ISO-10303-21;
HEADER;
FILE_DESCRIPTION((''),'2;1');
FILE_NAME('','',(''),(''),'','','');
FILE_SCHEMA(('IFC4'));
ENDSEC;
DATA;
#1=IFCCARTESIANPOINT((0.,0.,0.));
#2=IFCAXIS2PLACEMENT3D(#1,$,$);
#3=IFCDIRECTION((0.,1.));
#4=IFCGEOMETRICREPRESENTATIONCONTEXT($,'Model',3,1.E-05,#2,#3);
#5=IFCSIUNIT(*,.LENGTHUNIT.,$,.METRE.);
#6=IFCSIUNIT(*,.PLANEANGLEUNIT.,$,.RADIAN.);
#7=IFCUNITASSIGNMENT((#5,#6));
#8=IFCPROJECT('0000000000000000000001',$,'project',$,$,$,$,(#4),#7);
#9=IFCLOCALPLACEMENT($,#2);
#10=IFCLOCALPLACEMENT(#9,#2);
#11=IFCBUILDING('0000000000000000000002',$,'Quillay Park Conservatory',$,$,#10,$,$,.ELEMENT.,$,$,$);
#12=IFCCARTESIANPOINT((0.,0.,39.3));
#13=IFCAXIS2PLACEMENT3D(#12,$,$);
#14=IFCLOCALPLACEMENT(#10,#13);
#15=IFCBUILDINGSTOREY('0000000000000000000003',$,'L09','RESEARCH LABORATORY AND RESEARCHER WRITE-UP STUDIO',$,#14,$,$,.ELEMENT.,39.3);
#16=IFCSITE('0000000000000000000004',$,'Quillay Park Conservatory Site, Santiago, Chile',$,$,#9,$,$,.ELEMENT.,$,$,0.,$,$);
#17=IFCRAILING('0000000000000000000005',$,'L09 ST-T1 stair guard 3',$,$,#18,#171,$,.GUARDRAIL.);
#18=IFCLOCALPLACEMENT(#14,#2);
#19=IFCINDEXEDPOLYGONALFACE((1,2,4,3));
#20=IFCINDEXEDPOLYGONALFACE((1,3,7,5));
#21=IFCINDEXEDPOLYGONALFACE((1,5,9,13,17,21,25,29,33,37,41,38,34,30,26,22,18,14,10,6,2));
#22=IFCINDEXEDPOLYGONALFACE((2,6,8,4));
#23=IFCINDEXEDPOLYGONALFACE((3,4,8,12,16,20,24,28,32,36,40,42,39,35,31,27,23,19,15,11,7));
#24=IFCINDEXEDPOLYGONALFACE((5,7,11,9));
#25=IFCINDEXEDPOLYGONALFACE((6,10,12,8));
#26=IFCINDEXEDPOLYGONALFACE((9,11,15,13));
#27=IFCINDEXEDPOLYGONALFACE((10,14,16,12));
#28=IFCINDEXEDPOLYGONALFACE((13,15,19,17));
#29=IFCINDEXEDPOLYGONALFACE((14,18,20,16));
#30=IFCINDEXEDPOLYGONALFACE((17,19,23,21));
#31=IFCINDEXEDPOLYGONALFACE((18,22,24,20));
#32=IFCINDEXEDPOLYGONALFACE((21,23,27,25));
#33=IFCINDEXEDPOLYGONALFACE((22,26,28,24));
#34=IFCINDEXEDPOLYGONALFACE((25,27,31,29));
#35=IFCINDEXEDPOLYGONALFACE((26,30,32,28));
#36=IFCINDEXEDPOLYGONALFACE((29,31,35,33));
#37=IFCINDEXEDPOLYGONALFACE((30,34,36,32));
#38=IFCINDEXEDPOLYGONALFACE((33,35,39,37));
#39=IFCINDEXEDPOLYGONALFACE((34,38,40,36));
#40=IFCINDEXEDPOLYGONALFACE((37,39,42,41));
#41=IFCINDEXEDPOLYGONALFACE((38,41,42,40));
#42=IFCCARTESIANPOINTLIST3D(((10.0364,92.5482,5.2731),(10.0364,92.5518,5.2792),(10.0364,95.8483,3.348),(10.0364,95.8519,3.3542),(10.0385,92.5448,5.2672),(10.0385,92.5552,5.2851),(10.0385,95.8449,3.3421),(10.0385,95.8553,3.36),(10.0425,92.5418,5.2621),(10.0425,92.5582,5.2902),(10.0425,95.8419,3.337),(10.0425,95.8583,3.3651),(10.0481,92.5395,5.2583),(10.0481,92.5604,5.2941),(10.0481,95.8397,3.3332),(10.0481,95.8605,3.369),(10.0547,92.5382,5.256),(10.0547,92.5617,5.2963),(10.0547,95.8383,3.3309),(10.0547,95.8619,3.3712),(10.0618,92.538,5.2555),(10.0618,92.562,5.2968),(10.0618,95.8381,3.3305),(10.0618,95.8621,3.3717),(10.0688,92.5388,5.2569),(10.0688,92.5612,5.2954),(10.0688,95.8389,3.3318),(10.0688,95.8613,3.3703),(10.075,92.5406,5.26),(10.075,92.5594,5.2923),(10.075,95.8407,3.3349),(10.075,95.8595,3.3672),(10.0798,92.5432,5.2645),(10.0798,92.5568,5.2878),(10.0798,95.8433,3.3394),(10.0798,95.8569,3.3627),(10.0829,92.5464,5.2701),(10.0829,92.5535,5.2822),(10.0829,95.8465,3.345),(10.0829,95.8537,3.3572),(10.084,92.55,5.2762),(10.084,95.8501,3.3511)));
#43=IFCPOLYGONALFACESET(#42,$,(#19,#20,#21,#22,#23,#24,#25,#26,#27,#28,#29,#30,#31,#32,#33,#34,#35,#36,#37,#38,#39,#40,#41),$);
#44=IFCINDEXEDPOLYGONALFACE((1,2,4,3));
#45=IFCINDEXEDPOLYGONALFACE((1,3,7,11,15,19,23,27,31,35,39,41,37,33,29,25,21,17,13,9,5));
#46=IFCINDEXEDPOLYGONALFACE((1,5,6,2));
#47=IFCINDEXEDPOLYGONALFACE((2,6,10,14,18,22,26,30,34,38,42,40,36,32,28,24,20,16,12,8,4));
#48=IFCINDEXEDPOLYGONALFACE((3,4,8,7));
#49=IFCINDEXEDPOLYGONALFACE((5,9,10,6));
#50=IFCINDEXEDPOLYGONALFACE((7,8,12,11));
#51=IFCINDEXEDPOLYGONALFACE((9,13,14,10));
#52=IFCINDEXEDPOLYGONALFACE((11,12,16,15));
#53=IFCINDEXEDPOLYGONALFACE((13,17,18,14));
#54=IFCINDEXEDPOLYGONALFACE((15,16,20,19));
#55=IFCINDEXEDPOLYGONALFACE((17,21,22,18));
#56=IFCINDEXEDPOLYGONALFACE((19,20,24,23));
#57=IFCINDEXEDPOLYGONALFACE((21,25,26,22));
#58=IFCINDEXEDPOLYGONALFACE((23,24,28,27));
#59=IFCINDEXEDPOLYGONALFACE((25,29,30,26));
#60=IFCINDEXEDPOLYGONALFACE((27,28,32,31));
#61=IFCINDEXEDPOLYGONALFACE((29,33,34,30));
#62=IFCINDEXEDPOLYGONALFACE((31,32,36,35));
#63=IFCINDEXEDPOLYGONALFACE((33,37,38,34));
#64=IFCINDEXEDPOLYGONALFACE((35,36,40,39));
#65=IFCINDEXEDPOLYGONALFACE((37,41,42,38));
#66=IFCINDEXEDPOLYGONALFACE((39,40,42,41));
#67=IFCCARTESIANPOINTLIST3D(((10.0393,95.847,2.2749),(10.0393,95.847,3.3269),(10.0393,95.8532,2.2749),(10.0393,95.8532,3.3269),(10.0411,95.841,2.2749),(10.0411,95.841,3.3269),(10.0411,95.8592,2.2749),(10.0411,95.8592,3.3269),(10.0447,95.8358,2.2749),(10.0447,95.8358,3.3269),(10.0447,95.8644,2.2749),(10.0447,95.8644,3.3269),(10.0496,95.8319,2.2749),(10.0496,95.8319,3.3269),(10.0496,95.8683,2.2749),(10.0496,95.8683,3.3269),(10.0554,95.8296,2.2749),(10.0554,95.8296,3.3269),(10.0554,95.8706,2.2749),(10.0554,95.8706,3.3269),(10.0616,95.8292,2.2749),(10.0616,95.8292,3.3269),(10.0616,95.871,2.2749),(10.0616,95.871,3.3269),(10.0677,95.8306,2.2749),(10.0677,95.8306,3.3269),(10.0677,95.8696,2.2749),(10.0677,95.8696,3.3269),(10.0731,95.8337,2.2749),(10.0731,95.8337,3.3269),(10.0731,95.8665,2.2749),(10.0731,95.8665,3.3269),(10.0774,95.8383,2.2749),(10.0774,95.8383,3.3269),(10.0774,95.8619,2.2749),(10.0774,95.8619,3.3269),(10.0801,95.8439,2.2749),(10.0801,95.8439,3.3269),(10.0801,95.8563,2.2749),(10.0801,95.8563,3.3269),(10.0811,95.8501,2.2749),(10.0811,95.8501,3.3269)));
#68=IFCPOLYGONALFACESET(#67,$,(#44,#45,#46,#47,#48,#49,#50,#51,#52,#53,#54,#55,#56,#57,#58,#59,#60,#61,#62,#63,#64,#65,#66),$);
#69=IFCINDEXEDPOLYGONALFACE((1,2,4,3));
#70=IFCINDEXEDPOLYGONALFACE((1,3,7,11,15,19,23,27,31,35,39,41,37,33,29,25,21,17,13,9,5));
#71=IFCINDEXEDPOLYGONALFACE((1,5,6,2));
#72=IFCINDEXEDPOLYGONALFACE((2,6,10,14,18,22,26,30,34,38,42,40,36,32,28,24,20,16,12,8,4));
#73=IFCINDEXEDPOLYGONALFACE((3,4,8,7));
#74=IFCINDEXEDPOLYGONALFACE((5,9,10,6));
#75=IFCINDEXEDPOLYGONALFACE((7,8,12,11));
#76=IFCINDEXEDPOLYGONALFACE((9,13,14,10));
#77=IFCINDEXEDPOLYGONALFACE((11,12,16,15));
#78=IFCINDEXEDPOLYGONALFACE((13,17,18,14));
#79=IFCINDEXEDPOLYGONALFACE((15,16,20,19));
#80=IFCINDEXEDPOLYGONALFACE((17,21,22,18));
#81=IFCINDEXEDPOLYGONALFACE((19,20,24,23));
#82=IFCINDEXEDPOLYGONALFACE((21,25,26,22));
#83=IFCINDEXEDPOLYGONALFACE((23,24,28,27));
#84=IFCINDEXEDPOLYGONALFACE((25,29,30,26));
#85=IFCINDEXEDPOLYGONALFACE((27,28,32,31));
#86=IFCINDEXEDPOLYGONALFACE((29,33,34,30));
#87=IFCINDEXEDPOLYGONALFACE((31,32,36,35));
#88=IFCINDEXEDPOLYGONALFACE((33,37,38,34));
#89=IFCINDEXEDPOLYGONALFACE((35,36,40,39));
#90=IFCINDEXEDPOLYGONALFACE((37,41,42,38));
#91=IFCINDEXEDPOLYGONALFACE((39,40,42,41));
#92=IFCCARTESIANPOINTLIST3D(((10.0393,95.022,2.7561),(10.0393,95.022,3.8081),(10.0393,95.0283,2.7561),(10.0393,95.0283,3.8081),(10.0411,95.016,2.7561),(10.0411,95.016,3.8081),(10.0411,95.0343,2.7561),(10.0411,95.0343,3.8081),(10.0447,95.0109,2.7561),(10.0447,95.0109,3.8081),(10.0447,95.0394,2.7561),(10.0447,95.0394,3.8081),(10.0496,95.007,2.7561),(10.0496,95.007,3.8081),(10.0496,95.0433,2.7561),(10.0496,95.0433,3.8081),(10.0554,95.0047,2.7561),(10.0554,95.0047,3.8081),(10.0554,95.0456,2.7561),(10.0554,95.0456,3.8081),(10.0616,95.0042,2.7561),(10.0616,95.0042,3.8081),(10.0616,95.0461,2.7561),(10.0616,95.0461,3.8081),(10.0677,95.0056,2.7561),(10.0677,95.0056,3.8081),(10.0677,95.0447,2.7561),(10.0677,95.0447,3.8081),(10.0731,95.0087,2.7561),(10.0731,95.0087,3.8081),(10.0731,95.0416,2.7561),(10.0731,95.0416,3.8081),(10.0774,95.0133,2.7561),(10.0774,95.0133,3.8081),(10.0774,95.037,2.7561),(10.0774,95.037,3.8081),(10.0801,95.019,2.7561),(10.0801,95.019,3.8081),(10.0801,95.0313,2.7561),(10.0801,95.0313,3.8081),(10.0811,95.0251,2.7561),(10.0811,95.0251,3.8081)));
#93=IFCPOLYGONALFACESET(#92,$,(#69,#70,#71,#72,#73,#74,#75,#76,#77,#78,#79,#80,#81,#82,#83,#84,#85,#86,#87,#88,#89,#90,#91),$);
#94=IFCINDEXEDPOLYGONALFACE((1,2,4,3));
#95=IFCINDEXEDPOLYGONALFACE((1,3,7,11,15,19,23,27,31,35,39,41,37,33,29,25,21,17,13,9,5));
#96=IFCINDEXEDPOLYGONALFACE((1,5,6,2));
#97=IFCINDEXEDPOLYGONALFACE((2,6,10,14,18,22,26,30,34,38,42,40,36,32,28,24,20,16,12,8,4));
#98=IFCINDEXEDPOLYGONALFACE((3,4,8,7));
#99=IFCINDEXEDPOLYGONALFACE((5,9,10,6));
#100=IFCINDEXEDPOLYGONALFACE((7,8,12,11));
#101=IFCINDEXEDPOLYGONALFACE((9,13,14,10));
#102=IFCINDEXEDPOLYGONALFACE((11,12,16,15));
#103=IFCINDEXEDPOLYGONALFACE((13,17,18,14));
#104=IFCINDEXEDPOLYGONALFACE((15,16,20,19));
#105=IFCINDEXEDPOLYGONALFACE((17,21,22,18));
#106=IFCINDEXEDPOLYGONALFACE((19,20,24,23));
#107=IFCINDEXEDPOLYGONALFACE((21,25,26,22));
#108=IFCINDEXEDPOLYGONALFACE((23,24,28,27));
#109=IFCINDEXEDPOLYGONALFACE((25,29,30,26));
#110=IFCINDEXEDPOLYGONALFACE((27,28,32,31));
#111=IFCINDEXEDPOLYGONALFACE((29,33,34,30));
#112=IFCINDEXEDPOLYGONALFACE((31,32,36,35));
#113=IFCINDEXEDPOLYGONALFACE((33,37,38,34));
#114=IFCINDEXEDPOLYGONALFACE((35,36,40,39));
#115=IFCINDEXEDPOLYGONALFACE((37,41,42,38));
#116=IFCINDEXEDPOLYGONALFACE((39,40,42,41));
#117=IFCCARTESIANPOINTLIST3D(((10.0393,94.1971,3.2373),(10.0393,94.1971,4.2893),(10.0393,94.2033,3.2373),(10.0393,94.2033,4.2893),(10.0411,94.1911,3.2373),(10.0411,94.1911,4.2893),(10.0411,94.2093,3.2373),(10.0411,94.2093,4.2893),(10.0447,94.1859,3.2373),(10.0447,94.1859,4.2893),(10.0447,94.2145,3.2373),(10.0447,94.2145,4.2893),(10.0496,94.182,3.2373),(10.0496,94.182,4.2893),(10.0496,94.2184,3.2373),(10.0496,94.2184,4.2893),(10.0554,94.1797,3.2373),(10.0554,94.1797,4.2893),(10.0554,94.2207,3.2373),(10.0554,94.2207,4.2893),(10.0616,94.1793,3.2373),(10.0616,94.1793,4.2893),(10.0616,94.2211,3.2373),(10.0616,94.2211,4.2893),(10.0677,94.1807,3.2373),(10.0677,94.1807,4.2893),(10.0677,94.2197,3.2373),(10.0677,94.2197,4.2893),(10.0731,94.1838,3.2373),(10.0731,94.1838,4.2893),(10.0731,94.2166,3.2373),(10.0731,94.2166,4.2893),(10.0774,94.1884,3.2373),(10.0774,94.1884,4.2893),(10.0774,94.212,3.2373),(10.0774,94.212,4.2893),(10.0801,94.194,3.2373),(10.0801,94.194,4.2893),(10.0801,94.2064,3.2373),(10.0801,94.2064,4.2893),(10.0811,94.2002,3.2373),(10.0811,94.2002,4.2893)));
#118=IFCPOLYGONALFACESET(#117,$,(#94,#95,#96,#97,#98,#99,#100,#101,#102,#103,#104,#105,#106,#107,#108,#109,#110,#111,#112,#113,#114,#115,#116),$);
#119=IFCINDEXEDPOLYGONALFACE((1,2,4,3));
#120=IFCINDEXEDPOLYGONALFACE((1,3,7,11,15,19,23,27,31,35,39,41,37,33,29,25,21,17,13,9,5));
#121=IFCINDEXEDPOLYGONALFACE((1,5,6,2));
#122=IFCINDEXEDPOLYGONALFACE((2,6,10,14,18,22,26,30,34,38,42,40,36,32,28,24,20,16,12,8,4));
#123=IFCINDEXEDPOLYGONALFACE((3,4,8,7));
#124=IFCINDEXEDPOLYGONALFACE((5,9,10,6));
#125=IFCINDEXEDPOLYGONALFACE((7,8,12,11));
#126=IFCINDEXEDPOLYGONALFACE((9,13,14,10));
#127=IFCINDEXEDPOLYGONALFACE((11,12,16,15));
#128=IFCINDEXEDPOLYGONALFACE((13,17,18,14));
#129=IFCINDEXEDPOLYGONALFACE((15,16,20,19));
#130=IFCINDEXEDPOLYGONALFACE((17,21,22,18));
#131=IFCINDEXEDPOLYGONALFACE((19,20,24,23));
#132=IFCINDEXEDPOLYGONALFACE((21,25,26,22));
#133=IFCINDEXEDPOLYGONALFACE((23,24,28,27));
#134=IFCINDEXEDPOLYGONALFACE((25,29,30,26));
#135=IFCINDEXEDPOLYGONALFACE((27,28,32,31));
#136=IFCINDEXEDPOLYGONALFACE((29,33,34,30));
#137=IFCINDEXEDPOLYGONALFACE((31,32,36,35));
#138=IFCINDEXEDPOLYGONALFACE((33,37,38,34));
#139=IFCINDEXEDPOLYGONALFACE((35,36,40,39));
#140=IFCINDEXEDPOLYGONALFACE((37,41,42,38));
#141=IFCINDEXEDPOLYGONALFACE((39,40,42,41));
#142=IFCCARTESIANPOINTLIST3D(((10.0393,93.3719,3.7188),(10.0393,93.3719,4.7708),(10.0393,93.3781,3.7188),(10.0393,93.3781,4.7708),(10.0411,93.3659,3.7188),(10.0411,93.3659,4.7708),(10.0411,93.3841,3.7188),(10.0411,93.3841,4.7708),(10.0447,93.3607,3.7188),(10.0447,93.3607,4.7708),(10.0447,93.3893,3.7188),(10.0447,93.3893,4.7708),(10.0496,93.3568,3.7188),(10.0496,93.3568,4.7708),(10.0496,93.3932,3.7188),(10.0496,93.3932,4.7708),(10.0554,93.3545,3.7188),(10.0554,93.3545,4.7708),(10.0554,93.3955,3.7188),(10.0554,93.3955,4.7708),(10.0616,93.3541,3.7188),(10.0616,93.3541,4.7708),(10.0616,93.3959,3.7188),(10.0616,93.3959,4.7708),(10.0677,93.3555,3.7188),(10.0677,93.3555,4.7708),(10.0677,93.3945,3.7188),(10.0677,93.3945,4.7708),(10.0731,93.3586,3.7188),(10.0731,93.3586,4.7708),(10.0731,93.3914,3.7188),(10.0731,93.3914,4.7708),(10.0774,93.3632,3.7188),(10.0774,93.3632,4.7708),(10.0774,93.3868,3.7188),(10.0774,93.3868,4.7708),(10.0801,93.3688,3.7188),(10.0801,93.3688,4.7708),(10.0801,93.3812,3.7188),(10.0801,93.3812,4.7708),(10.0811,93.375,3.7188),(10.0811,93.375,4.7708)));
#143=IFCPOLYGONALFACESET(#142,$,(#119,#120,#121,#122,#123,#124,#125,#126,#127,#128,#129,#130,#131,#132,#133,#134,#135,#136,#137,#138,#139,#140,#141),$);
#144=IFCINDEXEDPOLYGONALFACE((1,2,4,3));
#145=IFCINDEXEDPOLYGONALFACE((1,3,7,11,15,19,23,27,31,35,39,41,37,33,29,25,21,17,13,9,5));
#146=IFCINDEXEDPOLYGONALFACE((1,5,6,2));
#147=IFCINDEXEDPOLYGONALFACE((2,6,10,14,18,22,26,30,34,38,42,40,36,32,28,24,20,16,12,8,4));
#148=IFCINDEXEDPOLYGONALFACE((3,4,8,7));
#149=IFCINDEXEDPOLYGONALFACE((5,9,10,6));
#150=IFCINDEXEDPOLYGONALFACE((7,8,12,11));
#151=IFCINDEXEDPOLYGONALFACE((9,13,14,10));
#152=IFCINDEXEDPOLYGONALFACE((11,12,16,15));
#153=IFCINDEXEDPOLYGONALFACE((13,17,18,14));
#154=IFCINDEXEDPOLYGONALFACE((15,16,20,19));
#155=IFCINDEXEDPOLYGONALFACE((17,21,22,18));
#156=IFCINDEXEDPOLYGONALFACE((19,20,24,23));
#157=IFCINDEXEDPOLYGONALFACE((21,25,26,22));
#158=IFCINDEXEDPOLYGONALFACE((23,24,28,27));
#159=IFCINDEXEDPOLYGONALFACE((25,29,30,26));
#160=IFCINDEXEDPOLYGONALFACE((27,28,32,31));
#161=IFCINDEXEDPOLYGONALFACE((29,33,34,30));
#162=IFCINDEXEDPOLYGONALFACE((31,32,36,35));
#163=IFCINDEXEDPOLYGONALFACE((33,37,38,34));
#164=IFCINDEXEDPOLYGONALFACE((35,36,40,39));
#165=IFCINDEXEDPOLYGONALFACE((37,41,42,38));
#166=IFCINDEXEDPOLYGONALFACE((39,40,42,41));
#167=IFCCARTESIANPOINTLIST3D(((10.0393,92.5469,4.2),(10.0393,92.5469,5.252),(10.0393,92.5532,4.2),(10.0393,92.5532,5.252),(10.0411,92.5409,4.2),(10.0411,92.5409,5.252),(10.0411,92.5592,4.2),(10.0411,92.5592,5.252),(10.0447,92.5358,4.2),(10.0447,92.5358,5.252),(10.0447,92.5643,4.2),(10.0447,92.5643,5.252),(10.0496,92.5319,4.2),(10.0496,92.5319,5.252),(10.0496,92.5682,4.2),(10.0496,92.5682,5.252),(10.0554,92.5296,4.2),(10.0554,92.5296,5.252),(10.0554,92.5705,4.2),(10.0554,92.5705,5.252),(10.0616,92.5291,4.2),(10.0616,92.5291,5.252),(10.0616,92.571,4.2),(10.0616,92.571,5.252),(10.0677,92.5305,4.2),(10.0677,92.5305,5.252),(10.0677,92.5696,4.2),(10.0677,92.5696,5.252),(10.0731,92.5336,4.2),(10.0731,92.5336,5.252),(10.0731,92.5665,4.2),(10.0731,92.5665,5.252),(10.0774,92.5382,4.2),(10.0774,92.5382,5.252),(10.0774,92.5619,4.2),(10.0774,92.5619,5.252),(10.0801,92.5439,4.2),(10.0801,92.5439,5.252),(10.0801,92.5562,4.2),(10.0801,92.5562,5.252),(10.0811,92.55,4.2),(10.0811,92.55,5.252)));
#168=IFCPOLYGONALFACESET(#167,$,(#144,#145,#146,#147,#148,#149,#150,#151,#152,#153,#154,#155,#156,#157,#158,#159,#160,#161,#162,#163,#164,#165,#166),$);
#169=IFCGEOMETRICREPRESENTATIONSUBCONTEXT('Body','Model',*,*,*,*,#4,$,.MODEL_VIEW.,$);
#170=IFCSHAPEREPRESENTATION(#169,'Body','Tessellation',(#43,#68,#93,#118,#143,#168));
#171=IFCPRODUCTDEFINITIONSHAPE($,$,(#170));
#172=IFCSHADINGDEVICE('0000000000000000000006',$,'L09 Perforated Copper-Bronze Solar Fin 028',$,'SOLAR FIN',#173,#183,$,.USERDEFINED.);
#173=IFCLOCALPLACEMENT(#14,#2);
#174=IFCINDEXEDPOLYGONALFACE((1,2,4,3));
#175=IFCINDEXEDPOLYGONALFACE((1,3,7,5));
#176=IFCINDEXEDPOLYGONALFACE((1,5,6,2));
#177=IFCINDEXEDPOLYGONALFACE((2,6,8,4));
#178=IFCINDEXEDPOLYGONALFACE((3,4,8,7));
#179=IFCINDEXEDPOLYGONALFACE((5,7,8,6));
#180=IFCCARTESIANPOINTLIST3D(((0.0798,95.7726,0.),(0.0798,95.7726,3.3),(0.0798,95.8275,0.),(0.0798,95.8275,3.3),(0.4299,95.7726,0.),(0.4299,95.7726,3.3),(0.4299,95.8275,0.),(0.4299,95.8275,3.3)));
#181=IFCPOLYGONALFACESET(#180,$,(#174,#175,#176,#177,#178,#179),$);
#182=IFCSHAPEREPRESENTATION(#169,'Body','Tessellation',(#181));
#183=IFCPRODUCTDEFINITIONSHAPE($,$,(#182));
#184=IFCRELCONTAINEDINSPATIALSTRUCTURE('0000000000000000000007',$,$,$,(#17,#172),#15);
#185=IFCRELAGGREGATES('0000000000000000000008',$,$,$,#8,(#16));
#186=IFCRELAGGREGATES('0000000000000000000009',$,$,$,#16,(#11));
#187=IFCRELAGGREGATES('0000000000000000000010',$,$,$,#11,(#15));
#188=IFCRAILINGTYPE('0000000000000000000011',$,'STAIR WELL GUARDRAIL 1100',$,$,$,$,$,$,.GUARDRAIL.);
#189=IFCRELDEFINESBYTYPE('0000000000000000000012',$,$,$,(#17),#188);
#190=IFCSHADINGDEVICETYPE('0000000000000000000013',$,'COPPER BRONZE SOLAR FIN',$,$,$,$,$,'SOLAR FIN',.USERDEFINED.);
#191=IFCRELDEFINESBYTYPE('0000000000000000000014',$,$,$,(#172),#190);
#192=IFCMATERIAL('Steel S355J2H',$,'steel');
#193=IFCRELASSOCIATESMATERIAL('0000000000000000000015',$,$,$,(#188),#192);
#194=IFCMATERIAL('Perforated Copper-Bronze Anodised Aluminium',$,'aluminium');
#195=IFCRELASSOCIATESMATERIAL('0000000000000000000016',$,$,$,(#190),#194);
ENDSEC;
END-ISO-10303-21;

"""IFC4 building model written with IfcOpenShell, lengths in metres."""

from ifc_helpers import new_model, si_unit, direction, frame, origin, origin_2d, place, context, subcontext, project, spatial, rectangle, circle, extrude, material, type_object, element, save


model = new_model("IFC4")

# Units and contexts
model_context = context("Model", 3, precision=1e-05, world=origin(), true_north=direction((0.0, 1.0)))
body_context = subcontext(model_context, "Body", "Model", "MODEL_VIEW")
ifc_project = project(units=[si_unit("LENGTHUNIT", "METRE"), si_unit("PLANEANGLEUNIT", "RADIAN")], contexts=[model_context])

# Site, building, storey
site_placement = place(None, origin())
site = spatial("IfcSite", under=ifc_project, at=site_placement, Name="Quillay Park Conservatory Site, Santiago, Chile", CompositionType="ELEMENT", RefElevation=0.0)
building_placement = place(site_placement, origin())
building = spatial("IfcBuilding", under=site, at=building_placement, Name="Quillay Park Conservatory", CompositionType="ELEMENT")
storey_placement = place(building_placement, frame((0.0, 0.0, 39.3)))
storey = spatial("IfcBuildingStorey", under=building, at=storey_placement, Name="L09", Description="RESEARCH LABORATORY AND RESEARCHER WRITE-UP STUDIO", CompositionType="ELEMENT", Elevation=39.3)

# Railing
ifc_material_1 = material(Name="Steel S355J2H", Category="steel")
railing_type_1 = type_object("IfcRailingType", Name="STAIR WELL GUARDRAIL 1100", PredefinedType="GUARDRAIL", material=ifc_material_1)
railing_1_placement = place(storey_placement, frame((10.0601, 95.8501, 2.2749)))
element("IfcRailing", 1, at=railing_1_placement, inside=storey, type_object=railing_type_1, Name="L09 ST-T1 stair guard 3", PredefinedType="GUARDRAIL", context=body_context, shape_type="SweptSolid", body=[
    extrude(circle(Radius=0.0239, at=origin_2d()), frame((0.0, 0.0, 1.0762), z_axis=(0.0, -0.863777, 0.503875), x_axis=(1.0, 0.0, 0.0)), (0.0, 0.0, 1.0), 3.8206),
    extrude(circle(Radius=0.021, at=origin_2d()), origin(), (0.0, 0.0, 1.0), 1.052),
    extrude(circle(Radius=0.021, at=origin_2d()), frame((0.0, -0.825, 0.4812)), (0.0, 0.0, 1.0), 1.052),
    extrude(circle(Radius=0.021, at=origin_2d()), frame((0.0, -1.6499, 0.9624)), (0.0, 0.0, 1.0), 1.052),
    extrude(circle(Radius=0.021, at=origin_2d()), frame((0.0, -2.4751, 1.4438)), (0.0, 0.0, 1.0), 1.052),
    extrude(circle(Radius=0.021, at=origin_2d()), frame((0.0, -3.3, 1.925)), (0.0, 0.0, 1.0), 1.052),
])

# Shading device
ifc_material_2 = material(Name="Perforated Copper-Bronze Anodised Aluminium", Category="aluminium")
shading_device_type = type_object("IfcShadingDeviceType", Name="COPPER BRONZE SOLAR FIN", ElementType="SOLAR FIN", PredefinedType="USERDEFINED", material=ifc_material_2)
shading_device_placement = place(storey_placement, frame((0.2549, 95.8, 0.0), z_axis=(0.0, 0.0, 1.0), x_axis=(1.0, 0.0, 0.0)))
element("IfcShadingDevice", 2, at=shading_device_placement, inside=storey, type_object=shading_device_type, Name="L09 Perforated Copper-Bronze Solar Fin 028", ObjectType="SOLAR FIN", PredefinedType="USERDEFINED", context=body_context, shape_type="SweptSolid", body=[
    extrude(rectangle(XDim=0.3501, YDim=0.0549, at=origin_2d()), origin(), (0.0, 0.0, 1.0), 3.3),
])

save(model, "model.ifc")
